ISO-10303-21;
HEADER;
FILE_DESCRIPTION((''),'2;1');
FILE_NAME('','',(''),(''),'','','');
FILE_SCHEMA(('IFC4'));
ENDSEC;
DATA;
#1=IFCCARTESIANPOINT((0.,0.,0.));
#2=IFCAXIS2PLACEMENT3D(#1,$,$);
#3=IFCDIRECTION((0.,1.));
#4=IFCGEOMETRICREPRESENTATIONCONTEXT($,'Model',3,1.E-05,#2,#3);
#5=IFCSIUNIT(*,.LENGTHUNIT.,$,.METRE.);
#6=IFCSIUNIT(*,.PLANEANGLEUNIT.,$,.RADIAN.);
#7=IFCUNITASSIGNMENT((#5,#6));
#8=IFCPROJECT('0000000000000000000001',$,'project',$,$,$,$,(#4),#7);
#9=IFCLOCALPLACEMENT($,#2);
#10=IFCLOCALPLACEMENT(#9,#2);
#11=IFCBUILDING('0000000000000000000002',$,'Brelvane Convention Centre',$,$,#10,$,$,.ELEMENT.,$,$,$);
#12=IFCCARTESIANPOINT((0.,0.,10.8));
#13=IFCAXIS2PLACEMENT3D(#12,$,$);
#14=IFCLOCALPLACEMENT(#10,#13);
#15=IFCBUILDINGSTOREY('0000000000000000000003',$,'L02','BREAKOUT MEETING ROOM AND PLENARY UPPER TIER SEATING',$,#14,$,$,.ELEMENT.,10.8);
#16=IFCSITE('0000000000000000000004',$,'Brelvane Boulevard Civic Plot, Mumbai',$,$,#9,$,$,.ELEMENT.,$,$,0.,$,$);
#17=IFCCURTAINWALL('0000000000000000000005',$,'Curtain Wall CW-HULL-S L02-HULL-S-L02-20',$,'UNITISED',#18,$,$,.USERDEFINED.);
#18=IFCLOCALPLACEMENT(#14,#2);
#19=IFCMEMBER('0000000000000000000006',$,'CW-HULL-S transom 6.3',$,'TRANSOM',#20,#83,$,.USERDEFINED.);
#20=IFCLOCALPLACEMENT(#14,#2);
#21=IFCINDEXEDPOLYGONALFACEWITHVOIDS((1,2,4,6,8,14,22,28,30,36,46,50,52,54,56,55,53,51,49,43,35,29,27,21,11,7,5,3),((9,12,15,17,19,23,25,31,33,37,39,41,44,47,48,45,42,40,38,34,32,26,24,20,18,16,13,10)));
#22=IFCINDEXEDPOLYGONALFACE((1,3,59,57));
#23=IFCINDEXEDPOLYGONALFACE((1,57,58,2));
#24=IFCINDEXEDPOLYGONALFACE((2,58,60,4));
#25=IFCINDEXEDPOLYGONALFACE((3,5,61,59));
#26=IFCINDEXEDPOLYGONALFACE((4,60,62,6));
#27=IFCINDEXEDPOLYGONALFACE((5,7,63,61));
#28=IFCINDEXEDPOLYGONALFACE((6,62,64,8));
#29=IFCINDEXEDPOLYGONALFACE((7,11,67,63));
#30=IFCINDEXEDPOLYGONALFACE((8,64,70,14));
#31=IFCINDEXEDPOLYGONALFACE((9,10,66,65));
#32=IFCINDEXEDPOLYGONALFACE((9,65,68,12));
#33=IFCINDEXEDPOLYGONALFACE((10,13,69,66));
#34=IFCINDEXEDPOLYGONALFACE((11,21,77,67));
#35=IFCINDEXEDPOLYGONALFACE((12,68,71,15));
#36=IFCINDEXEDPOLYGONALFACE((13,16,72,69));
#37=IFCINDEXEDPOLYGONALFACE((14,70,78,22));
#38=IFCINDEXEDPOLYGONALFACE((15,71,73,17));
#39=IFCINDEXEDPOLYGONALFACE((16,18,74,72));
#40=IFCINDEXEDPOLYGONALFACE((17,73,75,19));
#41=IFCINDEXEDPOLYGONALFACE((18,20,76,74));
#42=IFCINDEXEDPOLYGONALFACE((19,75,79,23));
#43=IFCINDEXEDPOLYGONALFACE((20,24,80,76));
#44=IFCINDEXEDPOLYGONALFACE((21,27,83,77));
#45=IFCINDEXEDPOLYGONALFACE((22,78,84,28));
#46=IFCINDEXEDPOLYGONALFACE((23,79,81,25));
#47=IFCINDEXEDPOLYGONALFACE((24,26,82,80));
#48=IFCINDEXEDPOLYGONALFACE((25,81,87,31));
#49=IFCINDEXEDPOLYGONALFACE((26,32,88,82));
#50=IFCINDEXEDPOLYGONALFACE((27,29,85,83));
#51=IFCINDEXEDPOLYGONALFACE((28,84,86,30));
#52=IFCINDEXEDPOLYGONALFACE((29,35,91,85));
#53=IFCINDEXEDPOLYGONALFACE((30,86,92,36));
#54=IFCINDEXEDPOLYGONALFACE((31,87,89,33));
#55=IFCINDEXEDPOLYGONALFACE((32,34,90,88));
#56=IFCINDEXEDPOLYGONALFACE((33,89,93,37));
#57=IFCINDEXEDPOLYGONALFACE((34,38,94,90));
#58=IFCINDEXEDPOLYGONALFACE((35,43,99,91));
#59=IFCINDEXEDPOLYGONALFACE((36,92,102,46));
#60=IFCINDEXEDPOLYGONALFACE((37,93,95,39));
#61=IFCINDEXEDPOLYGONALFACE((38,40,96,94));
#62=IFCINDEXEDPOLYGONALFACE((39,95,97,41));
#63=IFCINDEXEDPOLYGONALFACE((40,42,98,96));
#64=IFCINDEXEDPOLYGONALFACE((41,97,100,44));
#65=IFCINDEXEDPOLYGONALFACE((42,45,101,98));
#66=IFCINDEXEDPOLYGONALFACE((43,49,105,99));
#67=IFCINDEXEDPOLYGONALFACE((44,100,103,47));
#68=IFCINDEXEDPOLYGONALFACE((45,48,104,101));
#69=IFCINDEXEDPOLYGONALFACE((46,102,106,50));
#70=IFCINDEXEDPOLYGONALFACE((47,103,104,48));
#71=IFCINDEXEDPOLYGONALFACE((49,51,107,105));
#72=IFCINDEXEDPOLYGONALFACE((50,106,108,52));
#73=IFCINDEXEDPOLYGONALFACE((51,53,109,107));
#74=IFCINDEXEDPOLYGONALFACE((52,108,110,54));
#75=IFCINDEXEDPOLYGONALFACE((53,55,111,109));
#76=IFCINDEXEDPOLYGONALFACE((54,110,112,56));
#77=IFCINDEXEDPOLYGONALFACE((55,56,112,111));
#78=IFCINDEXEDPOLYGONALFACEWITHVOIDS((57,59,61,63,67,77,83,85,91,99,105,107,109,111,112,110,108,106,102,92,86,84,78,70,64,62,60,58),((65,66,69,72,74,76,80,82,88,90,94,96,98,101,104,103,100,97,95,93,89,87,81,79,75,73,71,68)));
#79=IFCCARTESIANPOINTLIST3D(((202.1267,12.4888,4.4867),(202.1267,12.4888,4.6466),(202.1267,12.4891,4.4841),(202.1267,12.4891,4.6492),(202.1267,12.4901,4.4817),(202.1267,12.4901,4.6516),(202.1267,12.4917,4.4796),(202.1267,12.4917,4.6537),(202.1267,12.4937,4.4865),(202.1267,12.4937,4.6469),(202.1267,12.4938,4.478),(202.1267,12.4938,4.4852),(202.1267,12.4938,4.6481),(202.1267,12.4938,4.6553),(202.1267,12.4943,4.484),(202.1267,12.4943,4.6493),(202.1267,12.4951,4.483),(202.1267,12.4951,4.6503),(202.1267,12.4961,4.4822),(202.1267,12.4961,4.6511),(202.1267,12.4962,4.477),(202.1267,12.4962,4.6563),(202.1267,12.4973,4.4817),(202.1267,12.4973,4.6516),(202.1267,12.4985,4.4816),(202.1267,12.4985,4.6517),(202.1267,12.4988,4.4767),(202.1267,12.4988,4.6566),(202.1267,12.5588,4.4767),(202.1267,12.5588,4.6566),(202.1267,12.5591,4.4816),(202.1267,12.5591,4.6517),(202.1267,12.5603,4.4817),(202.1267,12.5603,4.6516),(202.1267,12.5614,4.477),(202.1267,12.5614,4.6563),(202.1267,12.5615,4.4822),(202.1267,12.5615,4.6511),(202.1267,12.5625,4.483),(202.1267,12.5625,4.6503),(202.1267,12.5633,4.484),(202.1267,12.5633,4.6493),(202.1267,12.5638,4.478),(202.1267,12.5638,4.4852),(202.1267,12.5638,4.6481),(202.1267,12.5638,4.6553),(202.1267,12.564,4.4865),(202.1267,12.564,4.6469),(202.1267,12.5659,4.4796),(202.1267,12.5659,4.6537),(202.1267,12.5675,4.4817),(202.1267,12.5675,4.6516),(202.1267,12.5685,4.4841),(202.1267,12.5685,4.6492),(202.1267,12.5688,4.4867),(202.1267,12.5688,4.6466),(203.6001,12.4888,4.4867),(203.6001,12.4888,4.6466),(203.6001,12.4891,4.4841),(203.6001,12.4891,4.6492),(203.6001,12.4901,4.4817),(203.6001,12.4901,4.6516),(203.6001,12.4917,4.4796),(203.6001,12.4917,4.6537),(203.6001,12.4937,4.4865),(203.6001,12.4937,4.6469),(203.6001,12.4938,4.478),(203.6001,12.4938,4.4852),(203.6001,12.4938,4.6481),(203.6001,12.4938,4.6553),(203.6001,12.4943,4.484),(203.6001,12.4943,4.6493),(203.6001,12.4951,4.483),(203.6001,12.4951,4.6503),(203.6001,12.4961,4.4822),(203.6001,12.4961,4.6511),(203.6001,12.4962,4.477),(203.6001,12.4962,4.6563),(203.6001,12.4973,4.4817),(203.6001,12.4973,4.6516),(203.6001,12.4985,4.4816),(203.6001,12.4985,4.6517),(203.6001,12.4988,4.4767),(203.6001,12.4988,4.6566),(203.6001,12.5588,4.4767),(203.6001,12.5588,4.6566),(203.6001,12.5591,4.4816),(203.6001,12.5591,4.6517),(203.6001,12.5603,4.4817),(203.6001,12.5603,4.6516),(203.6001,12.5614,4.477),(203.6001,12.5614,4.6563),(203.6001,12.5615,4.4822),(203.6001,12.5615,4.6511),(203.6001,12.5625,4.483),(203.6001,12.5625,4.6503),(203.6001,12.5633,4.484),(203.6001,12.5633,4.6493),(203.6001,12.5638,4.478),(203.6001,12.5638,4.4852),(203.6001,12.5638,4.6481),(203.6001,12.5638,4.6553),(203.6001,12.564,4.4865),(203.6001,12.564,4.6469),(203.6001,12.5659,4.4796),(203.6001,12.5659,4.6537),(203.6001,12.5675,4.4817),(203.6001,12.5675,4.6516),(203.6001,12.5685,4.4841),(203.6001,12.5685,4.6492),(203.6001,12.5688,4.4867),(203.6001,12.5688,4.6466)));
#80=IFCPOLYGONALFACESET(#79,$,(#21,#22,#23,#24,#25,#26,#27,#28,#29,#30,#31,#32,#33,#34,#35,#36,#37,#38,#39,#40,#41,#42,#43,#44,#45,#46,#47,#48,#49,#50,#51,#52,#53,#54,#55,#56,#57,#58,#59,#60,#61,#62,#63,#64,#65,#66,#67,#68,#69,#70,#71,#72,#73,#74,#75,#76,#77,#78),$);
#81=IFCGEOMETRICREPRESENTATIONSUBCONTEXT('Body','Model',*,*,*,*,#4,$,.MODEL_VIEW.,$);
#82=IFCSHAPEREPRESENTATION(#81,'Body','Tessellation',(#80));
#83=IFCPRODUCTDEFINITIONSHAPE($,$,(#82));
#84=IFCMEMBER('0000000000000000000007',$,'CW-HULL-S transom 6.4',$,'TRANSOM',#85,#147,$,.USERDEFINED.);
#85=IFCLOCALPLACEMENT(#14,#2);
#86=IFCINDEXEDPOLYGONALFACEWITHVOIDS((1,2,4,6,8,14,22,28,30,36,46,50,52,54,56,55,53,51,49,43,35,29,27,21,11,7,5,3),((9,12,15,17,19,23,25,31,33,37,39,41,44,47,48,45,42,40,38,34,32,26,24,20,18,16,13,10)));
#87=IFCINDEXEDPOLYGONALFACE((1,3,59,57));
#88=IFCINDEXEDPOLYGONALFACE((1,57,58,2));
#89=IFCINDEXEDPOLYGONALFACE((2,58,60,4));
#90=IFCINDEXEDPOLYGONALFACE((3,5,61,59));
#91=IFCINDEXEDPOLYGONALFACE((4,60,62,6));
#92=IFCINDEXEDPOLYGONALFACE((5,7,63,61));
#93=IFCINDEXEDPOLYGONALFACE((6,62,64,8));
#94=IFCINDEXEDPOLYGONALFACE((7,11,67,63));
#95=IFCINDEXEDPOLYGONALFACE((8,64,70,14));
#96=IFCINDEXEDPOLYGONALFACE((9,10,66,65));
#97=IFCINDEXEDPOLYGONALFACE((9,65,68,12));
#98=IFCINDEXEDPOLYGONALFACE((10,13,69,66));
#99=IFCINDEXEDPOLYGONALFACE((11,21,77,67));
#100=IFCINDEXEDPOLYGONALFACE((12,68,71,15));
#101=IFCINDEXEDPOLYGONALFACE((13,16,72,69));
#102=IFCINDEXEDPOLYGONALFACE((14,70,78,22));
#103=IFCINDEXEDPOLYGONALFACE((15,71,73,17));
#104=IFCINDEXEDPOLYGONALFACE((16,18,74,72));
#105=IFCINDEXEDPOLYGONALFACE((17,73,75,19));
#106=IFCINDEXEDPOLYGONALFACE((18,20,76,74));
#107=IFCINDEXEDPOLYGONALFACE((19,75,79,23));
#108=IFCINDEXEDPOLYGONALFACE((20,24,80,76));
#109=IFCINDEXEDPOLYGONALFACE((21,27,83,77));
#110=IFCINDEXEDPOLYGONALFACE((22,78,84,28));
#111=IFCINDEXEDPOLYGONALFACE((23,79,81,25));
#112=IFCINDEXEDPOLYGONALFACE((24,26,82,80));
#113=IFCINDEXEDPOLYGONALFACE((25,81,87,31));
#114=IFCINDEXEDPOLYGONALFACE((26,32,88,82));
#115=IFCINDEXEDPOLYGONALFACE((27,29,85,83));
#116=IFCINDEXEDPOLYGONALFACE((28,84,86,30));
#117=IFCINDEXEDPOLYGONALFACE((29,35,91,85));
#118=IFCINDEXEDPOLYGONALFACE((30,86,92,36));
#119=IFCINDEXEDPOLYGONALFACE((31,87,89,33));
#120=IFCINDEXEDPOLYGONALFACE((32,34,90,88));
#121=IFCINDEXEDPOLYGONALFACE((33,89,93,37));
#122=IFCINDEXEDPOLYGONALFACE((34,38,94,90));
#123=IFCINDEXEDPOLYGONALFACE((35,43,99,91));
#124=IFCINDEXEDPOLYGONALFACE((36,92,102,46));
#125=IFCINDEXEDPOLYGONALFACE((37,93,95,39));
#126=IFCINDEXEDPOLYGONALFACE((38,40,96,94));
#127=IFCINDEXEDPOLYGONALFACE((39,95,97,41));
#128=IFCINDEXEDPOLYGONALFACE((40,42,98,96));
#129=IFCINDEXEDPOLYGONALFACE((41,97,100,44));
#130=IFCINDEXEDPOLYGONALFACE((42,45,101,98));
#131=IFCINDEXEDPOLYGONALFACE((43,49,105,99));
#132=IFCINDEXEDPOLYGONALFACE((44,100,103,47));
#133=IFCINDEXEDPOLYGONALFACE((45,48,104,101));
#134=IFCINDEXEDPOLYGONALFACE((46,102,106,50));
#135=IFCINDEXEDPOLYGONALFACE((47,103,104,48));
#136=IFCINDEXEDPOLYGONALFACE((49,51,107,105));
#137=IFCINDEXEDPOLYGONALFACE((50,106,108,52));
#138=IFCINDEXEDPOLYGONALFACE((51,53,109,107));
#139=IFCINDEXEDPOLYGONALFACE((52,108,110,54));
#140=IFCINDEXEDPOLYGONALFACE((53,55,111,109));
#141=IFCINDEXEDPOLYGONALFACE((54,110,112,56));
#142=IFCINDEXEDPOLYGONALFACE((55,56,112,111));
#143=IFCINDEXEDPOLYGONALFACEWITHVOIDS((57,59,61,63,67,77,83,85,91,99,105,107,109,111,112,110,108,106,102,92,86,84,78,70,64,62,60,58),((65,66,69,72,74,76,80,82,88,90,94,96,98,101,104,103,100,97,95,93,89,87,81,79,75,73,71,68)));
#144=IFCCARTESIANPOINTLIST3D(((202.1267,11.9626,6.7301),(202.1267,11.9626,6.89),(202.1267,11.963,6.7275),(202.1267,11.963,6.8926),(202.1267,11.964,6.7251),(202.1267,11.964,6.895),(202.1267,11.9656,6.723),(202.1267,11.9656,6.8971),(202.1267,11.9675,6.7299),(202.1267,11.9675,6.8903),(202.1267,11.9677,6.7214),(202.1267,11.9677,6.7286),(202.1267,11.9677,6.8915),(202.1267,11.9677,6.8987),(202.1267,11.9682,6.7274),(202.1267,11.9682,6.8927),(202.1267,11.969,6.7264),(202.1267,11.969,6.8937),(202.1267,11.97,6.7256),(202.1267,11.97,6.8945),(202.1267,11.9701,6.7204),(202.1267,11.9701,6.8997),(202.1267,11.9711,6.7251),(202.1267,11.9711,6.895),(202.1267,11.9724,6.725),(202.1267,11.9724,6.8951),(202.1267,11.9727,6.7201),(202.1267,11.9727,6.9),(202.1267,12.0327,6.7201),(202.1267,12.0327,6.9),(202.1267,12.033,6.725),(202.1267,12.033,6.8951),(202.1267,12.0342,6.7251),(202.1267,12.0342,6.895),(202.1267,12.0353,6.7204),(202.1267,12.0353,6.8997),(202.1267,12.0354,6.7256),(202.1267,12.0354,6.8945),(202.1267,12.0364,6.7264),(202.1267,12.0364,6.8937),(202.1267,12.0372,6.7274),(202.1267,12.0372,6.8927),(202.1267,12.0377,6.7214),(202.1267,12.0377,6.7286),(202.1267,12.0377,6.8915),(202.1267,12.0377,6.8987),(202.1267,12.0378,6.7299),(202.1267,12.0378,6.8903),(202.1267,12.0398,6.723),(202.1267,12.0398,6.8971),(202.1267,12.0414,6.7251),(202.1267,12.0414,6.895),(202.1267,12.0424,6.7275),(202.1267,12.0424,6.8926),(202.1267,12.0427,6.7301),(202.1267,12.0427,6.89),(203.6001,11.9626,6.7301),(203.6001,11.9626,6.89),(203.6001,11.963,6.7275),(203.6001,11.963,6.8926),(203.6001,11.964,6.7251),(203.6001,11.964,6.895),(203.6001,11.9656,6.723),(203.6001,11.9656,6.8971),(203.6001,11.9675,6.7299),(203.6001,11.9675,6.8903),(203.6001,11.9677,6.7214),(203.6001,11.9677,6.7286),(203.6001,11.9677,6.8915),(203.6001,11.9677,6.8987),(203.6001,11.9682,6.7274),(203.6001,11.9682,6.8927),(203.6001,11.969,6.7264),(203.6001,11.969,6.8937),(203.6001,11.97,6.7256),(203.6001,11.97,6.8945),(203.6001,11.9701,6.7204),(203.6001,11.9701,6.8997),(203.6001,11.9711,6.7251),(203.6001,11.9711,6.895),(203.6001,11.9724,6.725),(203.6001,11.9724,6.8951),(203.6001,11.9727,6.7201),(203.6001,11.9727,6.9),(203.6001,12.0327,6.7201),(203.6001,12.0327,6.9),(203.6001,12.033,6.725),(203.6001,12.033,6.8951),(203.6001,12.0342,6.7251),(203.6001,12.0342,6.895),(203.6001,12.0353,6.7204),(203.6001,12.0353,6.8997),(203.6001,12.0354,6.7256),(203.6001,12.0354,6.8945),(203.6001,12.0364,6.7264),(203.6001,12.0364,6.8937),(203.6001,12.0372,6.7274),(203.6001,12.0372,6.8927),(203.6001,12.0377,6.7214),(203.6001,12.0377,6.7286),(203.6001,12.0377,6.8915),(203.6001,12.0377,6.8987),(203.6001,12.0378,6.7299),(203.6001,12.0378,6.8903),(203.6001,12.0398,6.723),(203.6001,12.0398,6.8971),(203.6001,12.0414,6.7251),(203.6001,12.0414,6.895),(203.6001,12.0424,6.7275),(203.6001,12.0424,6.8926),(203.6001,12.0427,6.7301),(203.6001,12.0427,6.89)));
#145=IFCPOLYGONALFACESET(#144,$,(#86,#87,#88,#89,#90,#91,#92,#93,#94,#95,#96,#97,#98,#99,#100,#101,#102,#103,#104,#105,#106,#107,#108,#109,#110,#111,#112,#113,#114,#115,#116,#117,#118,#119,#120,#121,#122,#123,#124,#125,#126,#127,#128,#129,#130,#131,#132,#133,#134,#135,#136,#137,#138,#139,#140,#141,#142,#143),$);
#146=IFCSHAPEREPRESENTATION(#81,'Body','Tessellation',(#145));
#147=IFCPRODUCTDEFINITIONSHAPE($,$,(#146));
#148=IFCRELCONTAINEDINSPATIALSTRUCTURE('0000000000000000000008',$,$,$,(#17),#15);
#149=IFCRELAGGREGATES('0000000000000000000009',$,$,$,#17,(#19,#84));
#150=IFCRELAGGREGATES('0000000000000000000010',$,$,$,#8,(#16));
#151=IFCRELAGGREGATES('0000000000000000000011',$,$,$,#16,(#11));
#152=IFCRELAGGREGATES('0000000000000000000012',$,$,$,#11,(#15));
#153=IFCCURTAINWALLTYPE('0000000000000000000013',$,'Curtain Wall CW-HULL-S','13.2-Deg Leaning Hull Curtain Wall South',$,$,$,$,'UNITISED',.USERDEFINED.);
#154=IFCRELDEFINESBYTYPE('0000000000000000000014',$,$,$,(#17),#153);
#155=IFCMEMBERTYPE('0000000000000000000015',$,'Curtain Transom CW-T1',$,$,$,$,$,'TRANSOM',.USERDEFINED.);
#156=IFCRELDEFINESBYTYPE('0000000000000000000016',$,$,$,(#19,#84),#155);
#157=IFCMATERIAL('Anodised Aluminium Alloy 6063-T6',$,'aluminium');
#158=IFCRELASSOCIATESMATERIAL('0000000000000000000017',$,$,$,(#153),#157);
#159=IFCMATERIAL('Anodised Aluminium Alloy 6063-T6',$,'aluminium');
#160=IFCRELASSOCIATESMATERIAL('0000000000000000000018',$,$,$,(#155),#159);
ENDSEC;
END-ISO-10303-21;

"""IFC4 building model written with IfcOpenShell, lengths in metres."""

from ifc_helpers import new_model, si_unit, direction, frame, origin, origin_2d, place, context, subcontext, project, spatial, hollow_rectangle, extrude, material, material_profile, profile_set, type_object, element, aggregate, save


model = new_model("IFC4")

# Units and contexts
model_context = context("Model", 3, precision=1e-05, world=origin(), true_north=direction((0.0, 1.0)))
body_context = subcontext(model_context, "Body", "Model", "MODEL_VIEW")
ifc_project = project(units=[si_unit("LENGTHUNIT", "METRE"), si_unit("PLANEANGLEUNIT", "RADIAN")], contexts=[model_context])

# Site, building, storey
site_placement = place(None, origin())
site = spatial("IfcSite", under=ifc_project, at=site_placement, Name="Brelvane Boulevard Civic Plot, Mumbai", CompositionType="ELEMENT", RefElevation=0.0)
building_placement = place(site_placement, origin())
building = spatial("IfcBuilding", under=site, at=building_placement, Name="Brelvane Convention Centre", CompositionType="ELEMENT")
storey_placement = place(building_placement, frame((0.0, 0.0, 10.8)))
storey = spatial("IfcBuildingStorey", under=building, at=storey_placement, Name="L02", Description="BREAKOUT MEETING ROOM AND PLENARY UPPER TIER SEATING", CompositionType="ELEMENT", Elevation=10.8)

# Curtain wall, members
ifc_material_1 = material(Name="Anodised Aluminium Alloy 6063-T6", Category="aluminium")
curtain_wall_type = type_object("IfcCurtainWallType", Name="Curtain Wall CW-HULL-S", Description="13.2-Deg Leaning Hull Curtain Wall South", ElementType="UNITISED", PredefinedType="USERDEFINED", material=ifc_material_1)
curtain_wall_1_placement = place(storey_placement, origin())
curtain_wall_1 = element("IfcCurtainWall", 1, at=curtain_wall_1_placement, inside=storey, type_object=curtain_wall_type, Name="Curtain Wall CW-HULL-S L02-HULL-S-L02-20", ObjectType="UNITISED", PredefinedType="USERDEFINED")
ifc_material_2 = material(Name="Anodised Aluminium Alloy 6063-T6", Category="aluminium")
ifc_material_profile = material_profile(ifc_material_2, hollow_rectangle(XDim=0.0801, YDim=0.1799, WallThickness=0.0049, InnerFilletRadius=0.0049, OuterFilletRadius=0.01, at=origin_2d()), Name="ALU-T 180x80x5.0")
ifc_profile_set = profile_set([ifc_material_profile], Name="Anodised Aluminium Alloy 6063-T6")
member_type = type_object("IfcMemberType", Name="Curtain Transom CW-T1", ElementType="TRANSOM", PredefinedType="USERDEFINED", material=ifc_profile_set)
member_1_placement = place(storey_placement, frame((202.1267, 12.5288, 4.5667), z_axis=(1.0, 0.0, 0.0), x_axis=(0.0, 1.0, 0.0)))
member_1 = element("IfcMember", 2, at=member_1_placement, type_object=member_type, Name="CW-HULL-S transom 6.3", ObjectType="TRANSOM", PredefinedType="USERDEFINED", context=body_context, shape_type="SweptSolid", body=[
    extrude(hollow_rectangle(XDim=0.0801, YDim=0.1799, WallThickness=0.0049, InnerFilletRadius=0.0049, OuterFilletRadius=0.01, at=origin_2d()), origin(), (0.0, 0.0, 1.0), 1.4734),
])
member_2_placement = place(storey_placement, frame((202.1267, 12.0027, 6.8101), z_axis=(1.0, 0.0, 0.0), x_axis=(0.0, 1.0, 0.0)))
member_2 = element("IfcMember", 3, at=member_2_placement, type_object=member_type, Name="CW-HULL-S transom 6.4", ObjectType="TRANSOM", PredefinedType="USERDEFINED", context=body_context, shape_type="SweptSolid", body=[
    extrude(hollow_rectangle(XDim=0.0801, YDim=0.1799, WallThickness=0.0049, InnerFilletRadius=0.0049, OuterFilletRadius=0.01, at=origin_2d()), origin(), (0.0, 0.0, 1.0), 1.4734),
])

aggregate(curtain_wall_1, [member_1, member_2])

save(model, "model.ifc")
